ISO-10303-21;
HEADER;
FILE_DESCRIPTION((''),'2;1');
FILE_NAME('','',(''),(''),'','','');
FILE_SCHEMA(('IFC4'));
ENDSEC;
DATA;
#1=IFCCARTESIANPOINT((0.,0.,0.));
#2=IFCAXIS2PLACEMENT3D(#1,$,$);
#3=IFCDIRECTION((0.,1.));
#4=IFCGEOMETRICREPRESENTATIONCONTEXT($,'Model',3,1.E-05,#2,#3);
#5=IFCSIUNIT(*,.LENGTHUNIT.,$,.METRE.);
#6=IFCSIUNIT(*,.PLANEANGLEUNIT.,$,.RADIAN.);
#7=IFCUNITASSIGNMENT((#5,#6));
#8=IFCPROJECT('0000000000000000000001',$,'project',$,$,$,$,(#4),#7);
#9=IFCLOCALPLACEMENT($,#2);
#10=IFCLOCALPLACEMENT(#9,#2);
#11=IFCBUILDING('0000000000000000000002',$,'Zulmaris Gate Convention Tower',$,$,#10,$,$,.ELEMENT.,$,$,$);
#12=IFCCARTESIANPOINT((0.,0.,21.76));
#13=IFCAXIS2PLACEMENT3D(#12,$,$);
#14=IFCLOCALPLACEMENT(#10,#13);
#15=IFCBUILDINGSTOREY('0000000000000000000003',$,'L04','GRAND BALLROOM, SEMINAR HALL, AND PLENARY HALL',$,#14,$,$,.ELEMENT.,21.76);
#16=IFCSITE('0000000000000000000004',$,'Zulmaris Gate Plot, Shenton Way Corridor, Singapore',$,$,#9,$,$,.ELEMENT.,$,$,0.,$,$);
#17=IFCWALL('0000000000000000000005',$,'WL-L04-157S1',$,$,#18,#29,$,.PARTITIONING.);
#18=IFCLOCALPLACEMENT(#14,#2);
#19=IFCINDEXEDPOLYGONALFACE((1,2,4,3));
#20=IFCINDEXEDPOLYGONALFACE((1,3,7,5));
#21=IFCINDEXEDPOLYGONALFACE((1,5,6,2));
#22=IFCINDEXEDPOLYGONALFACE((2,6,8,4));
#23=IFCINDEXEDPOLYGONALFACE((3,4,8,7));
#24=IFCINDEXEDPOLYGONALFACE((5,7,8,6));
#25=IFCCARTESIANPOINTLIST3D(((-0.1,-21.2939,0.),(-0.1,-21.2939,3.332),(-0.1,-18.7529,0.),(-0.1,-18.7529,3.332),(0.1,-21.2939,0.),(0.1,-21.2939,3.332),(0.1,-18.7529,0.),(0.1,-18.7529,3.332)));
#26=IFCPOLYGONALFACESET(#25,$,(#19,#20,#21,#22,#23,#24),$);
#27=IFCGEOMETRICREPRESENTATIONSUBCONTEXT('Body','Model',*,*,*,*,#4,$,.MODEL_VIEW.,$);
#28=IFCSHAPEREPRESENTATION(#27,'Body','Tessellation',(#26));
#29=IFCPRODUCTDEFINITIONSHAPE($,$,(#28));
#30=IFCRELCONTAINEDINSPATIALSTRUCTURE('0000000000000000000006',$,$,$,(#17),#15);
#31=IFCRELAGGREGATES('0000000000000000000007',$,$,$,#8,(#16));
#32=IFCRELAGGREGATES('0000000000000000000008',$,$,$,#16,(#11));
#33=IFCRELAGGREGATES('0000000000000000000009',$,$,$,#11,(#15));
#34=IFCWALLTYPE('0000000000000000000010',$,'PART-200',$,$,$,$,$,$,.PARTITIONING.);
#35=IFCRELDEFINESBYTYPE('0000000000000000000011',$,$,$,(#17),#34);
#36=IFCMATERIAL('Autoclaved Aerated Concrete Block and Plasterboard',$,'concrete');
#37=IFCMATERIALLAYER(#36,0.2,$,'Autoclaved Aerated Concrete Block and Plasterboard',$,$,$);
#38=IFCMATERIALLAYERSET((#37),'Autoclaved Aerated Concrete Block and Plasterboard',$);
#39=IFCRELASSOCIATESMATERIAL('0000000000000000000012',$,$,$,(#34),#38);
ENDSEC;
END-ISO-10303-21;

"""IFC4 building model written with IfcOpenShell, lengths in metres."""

from ifc_helpers import new_model, si_unit, direction, frame, frame_2d, origin, place, context, subcontext, project, spatial, rectangle, extrude, material, layer, layer_set, type_object, element, save


model = new_model("IFC4")

# Units and contexts
model_context = context("Model", 3, precision=1e-05, world=origin(), true_north=direction((0.0, 1.0)))
body_context = subcontext(model_context, "Body", "Model", "MODEL_VIEW")
ifc_project = project(units=[si_unit("LENGTHUNIT", "METRE"), si_unit("PLANEANGLEUNIT", "RADIAN")], contexts=[model_context])

# Site, building, storey
site_placement = place(None, origin())
site = spatial("IfcSite", under=ifc_project, at=site_placement, Name="Zulmaris Gate Plot, Shenton Way Corridor, Singapore", CompositionType="ELEMENT", RefElevation=0.0)
building_placement = place(site_placement, origin())
building = spatial("IfcBuilding", under=site, at=building_placement, Name="Zulmaris Gate Convention Tower", CompositionType="ELEMENT")
storey_placement = place(building_placement, frame((0.0, 0.0, 21.76)))
storey = spatial("IfcBuildingStorey", under=building, at=storey_placement, Name="L04", Description="GRAND BALLROOM, SEMINAR HALL, AND PLENARY HALL", CompositionType="ELEMENT", Elevation=21.76)

# Shared definitions
ifc_material_1 = material(Name="Autoclaved Aerated Concrete Block and Plasterboard", Category="concrete")
ifc_layer_1 = layer(ifc_material_1, 0.2, Name="Autoclaved Aerated Concrete Block and Plasterboard")
ifc_layer_set_1 = layer_set([ifc_layer_1], Name="Autoclaved Aerated Concrete Block and Plasterboard")
wall_type_1 = type_object("IfcWallType", Name="PART-200", PredefinedType="PARTITIONING", material=ifc_layer_set_1)

# Wall
for number, where, z_axis, x_axis, name in (
    (1, (0.0, -21.2939, 0.0), (0.0, 0.0, 1.0), (0.0, 1.0, 0.0), "WL-L04-157S1"),
):
    element("IfcWall", number, at=place(storey_placement, frame(where, z_axis=z_axis, x_axis=x_axis)), inside=storey, type_object=wall_type_1, Name=name, PredefinedType="PARTITIONING", context=body_context, shape_type="SweptSolid", body=[
        extrude(rectangle(XDim=2.541, YDim=0.2, at=frame_2d((1.2705, 0.0))), origin(), (0.0, 0.0, 1.0), 3.332),
    ])

save(model, "model.ifc")
